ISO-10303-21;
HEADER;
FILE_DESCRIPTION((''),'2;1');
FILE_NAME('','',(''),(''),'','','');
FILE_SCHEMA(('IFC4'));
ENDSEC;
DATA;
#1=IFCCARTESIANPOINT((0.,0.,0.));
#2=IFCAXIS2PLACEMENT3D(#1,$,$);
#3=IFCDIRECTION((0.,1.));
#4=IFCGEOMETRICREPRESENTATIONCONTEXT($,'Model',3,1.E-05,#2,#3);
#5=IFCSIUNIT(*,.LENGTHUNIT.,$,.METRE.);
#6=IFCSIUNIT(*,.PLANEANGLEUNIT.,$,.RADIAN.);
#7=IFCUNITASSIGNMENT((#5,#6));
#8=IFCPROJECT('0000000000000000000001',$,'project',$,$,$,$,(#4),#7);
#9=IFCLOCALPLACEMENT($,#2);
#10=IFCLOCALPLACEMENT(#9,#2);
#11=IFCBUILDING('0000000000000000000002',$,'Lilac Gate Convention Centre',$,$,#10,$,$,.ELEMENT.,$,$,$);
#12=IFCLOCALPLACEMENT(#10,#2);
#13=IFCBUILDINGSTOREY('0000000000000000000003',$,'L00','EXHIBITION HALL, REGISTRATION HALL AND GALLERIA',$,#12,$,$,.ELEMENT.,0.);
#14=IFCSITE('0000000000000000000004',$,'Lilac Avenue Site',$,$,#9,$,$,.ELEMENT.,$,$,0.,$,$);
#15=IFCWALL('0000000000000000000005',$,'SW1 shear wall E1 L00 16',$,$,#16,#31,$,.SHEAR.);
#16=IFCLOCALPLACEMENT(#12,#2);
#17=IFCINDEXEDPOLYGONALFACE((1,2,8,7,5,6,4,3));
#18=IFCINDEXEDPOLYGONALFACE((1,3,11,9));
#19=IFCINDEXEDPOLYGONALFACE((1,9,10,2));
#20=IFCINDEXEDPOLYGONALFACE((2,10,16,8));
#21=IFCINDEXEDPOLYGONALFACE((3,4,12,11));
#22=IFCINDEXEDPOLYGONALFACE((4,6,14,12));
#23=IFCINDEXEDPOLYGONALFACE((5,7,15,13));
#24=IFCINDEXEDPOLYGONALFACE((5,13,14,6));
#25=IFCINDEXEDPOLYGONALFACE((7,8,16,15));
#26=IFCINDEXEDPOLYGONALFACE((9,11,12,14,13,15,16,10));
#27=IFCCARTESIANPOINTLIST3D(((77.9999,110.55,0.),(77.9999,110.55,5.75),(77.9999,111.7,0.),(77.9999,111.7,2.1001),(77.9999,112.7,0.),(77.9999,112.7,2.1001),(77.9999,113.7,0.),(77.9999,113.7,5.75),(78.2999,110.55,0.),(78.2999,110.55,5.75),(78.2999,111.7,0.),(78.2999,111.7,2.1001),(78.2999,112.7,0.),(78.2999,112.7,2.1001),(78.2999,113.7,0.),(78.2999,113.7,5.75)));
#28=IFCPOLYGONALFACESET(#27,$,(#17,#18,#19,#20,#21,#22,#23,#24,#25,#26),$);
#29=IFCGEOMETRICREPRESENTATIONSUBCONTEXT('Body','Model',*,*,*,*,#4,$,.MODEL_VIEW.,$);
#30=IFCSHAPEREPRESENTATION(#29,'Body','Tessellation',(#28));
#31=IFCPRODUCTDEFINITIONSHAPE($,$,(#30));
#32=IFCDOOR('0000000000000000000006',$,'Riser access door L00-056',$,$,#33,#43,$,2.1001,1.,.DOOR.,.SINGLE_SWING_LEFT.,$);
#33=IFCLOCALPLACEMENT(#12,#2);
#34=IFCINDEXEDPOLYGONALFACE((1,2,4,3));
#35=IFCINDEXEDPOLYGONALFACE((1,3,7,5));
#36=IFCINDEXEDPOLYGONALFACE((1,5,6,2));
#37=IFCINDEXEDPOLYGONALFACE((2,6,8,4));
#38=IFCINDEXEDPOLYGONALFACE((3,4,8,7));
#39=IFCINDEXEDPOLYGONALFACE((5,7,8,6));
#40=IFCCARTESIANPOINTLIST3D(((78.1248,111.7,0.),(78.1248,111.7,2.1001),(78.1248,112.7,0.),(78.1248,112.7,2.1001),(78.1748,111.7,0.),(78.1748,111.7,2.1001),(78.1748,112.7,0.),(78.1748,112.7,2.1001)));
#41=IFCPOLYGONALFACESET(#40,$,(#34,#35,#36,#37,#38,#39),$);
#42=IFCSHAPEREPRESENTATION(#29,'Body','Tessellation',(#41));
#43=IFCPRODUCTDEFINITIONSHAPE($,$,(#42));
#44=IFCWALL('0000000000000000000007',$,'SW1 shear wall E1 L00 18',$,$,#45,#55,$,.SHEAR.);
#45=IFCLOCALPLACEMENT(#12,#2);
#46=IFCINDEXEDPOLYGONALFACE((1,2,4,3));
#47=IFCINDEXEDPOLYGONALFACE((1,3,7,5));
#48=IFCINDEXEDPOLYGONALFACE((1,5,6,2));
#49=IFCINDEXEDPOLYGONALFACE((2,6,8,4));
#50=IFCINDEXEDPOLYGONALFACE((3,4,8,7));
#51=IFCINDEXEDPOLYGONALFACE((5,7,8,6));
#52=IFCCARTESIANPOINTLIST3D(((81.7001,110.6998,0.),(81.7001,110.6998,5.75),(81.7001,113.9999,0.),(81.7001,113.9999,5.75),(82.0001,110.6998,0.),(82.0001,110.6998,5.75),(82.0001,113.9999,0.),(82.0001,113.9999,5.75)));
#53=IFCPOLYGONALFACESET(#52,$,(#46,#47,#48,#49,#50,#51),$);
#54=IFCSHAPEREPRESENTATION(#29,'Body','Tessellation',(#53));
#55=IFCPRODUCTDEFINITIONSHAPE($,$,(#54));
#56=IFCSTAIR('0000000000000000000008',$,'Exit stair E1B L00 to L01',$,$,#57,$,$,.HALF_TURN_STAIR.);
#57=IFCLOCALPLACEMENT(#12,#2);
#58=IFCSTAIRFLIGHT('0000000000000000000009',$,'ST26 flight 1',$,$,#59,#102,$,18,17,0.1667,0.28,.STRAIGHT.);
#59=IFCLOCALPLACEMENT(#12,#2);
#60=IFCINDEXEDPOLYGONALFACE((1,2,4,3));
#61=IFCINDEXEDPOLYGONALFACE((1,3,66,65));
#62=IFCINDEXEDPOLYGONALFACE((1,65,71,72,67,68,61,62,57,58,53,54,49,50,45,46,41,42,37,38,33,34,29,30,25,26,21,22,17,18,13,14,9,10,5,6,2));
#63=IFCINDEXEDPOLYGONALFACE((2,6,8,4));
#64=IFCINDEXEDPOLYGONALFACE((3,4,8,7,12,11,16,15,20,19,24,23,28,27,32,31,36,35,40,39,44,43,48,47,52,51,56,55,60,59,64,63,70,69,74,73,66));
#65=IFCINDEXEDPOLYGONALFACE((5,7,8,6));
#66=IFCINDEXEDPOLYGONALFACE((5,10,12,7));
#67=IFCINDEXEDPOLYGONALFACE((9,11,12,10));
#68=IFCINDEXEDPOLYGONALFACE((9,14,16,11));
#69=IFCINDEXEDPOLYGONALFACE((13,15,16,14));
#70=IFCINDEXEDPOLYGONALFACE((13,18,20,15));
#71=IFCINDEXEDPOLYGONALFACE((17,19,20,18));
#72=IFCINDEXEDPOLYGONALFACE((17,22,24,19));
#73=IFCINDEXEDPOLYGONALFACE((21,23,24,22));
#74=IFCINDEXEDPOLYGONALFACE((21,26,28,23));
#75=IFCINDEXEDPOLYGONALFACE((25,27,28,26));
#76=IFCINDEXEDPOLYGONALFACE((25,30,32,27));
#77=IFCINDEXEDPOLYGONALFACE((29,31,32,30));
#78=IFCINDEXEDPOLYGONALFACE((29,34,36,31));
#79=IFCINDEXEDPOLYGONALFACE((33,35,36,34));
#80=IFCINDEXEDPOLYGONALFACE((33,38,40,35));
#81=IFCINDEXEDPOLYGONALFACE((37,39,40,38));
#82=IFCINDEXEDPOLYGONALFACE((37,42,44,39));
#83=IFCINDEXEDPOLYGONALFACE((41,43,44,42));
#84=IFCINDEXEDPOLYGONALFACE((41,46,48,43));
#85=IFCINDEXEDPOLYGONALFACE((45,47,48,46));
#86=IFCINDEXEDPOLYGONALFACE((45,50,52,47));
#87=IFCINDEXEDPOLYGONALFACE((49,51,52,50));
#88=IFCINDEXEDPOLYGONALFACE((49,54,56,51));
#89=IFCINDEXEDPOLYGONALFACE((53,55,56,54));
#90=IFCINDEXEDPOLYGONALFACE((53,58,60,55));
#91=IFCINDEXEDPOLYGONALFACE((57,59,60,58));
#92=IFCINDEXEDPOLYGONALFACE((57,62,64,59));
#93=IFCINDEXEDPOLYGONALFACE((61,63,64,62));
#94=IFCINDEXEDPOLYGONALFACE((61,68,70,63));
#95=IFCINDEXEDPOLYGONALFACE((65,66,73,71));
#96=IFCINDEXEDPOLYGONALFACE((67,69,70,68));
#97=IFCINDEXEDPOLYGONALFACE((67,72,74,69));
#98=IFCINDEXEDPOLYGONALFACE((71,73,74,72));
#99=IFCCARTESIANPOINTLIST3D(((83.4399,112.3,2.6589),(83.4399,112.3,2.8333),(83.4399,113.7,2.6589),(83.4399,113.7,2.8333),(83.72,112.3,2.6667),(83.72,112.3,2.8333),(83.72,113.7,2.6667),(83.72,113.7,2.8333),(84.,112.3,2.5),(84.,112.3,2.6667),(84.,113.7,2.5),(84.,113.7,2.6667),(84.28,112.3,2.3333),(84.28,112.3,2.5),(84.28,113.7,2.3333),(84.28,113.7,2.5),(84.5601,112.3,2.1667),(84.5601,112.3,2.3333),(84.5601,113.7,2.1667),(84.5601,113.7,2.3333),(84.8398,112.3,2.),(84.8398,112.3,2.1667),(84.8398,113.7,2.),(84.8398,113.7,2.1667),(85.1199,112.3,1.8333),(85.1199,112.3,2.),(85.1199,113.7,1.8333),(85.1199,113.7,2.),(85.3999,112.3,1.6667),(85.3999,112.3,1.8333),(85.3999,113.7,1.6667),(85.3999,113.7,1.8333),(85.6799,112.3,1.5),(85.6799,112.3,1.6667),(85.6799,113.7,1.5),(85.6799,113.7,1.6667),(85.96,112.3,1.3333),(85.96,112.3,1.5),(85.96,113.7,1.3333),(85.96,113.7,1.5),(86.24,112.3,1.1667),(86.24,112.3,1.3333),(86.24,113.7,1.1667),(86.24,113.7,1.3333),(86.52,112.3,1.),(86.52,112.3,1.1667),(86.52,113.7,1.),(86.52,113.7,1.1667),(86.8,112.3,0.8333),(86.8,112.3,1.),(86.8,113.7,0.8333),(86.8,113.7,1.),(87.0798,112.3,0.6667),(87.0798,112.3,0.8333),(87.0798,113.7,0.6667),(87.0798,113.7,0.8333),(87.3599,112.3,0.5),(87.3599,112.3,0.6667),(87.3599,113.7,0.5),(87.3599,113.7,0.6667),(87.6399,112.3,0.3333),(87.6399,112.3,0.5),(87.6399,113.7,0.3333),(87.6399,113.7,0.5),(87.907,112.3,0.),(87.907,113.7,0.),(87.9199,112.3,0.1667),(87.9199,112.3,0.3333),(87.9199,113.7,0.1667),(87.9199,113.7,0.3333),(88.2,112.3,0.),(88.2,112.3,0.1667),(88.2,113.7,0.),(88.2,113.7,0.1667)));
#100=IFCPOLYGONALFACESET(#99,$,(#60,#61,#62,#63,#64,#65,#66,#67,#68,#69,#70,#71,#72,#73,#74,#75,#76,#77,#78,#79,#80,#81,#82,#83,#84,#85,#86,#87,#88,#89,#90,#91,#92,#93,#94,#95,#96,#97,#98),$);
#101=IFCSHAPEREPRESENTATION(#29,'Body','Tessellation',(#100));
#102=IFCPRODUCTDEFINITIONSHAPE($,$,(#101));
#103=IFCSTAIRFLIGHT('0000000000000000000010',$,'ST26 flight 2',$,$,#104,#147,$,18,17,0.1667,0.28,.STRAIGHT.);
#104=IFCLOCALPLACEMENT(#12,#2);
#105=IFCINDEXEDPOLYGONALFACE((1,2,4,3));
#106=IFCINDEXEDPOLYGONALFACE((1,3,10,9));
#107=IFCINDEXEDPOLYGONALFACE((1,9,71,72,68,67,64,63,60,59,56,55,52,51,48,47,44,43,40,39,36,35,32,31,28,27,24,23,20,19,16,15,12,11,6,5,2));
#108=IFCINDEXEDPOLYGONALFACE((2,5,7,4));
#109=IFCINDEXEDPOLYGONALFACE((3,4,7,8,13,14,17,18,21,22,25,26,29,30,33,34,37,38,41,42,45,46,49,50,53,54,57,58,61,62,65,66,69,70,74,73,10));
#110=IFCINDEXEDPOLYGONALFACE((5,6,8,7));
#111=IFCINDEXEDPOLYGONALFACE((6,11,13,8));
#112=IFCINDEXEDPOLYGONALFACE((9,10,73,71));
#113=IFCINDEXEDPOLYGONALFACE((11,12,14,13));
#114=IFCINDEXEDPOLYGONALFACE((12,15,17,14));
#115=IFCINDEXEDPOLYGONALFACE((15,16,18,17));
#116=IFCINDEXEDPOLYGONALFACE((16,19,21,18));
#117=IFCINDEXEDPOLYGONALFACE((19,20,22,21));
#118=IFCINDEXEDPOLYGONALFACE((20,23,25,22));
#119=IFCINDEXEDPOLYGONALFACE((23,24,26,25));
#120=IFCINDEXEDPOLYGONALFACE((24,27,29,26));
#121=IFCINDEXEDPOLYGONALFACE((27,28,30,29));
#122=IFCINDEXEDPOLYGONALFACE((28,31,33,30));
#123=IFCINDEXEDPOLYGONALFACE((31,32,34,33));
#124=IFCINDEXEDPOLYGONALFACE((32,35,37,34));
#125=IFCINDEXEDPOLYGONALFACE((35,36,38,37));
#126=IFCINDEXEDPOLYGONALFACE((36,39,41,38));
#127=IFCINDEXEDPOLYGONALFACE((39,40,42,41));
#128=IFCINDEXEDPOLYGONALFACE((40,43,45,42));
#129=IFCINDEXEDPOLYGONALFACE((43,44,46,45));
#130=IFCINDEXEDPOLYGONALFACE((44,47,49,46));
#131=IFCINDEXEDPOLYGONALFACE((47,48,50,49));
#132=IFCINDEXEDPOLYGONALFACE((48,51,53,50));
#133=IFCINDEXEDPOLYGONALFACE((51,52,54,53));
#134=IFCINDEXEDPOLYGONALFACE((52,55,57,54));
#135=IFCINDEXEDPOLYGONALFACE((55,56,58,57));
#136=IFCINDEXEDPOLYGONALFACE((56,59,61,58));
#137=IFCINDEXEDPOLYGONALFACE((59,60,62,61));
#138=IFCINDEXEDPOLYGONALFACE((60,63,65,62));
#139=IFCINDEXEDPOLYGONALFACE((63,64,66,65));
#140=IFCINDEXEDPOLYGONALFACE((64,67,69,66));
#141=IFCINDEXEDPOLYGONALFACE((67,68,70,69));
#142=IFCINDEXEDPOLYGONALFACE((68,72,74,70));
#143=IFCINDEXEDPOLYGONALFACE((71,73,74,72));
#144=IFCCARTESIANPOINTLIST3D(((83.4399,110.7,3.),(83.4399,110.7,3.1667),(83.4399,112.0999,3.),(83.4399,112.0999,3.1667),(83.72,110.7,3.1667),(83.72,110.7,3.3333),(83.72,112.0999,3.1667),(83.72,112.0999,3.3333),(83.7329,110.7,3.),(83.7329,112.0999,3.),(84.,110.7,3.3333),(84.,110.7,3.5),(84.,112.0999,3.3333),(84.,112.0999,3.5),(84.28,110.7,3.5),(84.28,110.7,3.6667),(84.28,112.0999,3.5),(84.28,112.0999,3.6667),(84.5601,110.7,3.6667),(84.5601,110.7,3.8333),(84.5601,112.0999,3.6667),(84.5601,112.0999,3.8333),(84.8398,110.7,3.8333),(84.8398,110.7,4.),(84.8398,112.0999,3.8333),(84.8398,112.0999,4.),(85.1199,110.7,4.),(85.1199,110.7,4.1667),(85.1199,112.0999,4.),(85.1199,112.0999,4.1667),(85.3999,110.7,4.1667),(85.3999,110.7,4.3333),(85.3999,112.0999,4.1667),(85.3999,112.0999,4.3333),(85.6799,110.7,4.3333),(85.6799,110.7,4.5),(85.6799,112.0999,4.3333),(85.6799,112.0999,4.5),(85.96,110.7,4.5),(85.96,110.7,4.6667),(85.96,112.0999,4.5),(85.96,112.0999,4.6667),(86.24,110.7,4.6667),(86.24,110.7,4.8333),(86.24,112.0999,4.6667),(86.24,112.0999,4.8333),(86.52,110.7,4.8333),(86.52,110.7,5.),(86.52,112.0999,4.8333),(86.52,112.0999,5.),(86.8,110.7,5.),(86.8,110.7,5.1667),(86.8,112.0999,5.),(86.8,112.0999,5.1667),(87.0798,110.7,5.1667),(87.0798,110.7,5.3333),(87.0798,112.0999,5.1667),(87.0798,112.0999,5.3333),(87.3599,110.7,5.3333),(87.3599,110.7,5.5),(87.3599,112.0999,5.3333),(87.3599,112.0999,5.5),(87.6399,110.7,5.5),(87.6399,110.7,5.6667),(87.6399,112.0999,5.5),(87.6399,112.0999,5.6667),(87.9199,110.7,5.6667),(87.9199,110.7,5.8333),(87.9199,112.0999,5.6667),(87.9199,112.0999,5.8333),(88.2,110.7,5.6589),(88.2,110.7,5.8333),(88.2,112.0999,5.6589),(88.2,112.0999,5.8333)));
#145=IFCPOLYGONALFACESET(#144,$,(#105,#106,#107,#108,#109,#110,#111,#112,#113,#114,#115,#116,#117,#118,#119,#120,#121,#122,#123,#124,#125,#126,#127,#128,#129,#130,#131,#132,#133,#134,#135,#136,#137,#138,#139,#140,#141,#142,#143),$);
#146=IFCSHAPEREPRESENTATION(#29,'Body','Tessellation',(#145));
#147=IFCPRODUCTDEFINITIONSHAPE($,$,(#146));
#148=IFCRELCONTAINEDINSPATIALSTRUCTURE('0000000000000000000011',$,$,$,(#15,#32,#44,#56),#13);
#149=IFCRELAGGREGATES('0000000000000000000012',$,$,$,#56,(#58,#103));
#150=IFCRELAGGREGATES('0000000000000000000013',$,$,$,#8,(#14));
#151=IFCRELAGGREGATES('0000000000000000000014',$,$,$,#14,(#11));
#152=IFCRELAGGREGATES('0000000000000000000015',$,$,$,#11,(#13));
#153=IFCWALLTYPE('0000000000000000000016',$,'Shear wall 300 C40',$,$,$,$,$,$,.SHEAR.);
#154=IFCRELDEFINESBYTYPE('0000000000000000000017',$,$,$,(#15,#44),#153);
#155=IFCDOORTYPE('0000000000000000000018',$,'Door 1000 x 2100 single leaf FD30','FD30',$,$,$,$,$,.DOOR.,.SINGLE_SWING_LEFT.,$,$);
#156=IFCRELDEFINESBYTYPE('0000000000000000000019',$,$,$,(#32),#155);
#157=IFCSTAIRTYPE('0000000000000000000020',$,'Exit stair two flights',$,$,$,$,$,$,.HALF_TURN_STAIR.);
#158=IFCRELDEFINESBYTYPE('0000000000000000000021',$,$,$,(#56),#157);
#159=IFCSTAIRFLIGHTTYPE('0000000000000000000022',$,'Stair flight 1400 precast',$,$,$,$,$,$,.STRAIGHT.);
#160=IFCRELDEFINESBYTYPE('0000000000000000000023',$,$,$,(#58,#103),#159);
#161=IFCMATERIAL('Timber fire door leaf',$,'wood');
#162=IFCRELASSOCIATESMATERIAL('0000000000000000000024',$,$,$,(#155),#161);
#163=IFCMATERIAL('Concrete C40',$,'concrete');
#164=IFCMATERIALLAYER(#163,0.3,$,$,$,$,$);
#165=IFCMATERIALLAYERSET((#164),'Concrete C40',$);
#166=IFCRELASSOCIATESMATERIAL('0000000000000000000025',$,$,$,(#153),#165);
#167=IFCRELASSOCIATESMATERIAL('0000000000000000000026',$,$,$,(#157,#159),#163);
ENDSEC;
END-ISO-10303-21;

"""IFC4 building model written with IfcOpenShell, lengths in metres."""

from ifc_helpers import new_model, si_unit, direction, frame, frame_2d, origin, place, context, subcontext, project, spatial, polyline, rectangle, outline, extrude, material, layer, layer_set, type_object, element, fill, aggregate, save


model = new_model("IFC4")

# Units and contexts
model_context = context("Model", 3, precision=1e-05, world=origin(), true_north=direction((0.0, 1.0)))
body_context = subcontext(model_context, "Body", "Model", "MODEL_VIEW")
ifc_project = project(units=[si_unit("LENGTHUNIT", "METRE"), si_unit("PLANEANGLEUNIT", "RADIAN")], contexts=[model_context])

# Site, building, storey
site_placement = place(None, origin())
site = spatial("IfcSite", under=ifc_project, at=site_placement, Name="Lilac Avenue Site", CompositionType="ELEMENT", RefElevation=0.0)
building_placement = place(site_placement, origin())
building = spatial("IfcBuilding", under=site, at=building_placement, Name="Lilac Gate Convention Centre", CompositionType="ELEMENT")
storey_placement = place(building_placement, origin())
storey = spatial("IfcBuildingStorey", under=building, at=storey_placement, Name="L00", Description="EXHIBITION HALL, REGISTRATION HALL AND GALLERIA", CompositionType="ELEMENT", Elevation=0.0)

# Shared definitions
ifc_material_1 = material(Name="Concrete C40", Category="concrete")

# Shared definitions
ifc_material_2 = material(Name="Timber fire door leaf", Category="wood")
door_type_1 = type_object("IfcDoorType", Name="Door 1000 x 2100 single leaf FD30", Description="FD30", OperationType="SINGLE_SWING_LEFT", PredefinedType="DOOR", material=ifc_material_2)

# Shared definitions
ifc_layer_1 = layer(ifc_material_1, 0.3)
ifc_layer_set_1 = layer_set([ifc_layer_1], Name="Concrete C40")
wall_type_1 = type_object("IfcWallType", Name="Shear wall 300 C40", PredefinedType="SHEAR", material=ifc_layer_set_1)

# Wall, opening, door
wall_1_placement = place(storey_placement, frame((78.1499, 110.55, 0.0), z_axis=(0.0, 0.0, 1.0), x_axis=(0.0, 1.0, 0.0)))
wall_1 = element("IfcWall", 1, at=wall_1_placement, inside=storey, type_object=wall_type_1, Name="SW1 shear wall E1 L00 16", PredefinedType="SHEAR", context=body_context, shape_type="SweptSolid", body=[
    extrude(rectangle(XDim=3.1499, YDim=0.3, at=frame_2d((1.575, 0.0))), origin(), (0.0, 0.0, 1.0), 5.75),
])
opening_1_placement = place(wall_1_placement, frame((1.1499, 0.0, 0.0)))
opening_1 = element("IfcOpeningElement", 2, at=opening_1_placement, cuts=wall_1, PredefinedType="OPENING", context=body_context, shape_type="SweptSolid", body=[
    extrude(rectangle(XDim=1.0, YDim=2.1001, at=frame_2d((0.5, 1.05))), frame((0.0, 0.1599, 0.0), z_axis=(0.0, -1.0, 0.0), x_axis=(1.0, 0.0, 0.0)), (0.0, 0.0, 1.0), 0.3201),
])
door_1_placement = place(opening_1_placement, frame((1.0, 0.0, 0.0), z_axis=(0.0, 0.0, 1.0), x_axis=(-1.0, 0.0, 0.0)))
door_1 = element("IfcDoor", 3, at=door_1_placement, inside=storey, type_object=door_type_1, Name="Riser access door L00-056", OperationType="SINGLE_SWING_LEFT", OverallHeight=2.1001, OverallWidth=1.0, PredefinedType="DOOR", context=body_context, shape_type="SweptSolid", body=[
    extrude(rectangle(XDim=1.0, YDim=2.1001, at=frame_2d((0.5, 1.05))), frame((0.0, 0.0249, 0.0), z_axis=(0.0, -1.0, 0.0), x_axis=(1.0, 0.0, 0.0)), (0.0, 0.0, 1.0), 0.05),
])
fill(opening_1, door_1)

# Wall
wall_2_placement = place(storey_placement, frame((81.8501, 110.7, 0.0), z_axis=(0.0, 0.0, 1.0), x_axis=(0.0, 1.0, 0.0)))
element("IfcWall", 4, at=wall_2_placement, inside=storey, type_object=wall_type_1, Name="SW1 shear wall E1 L00 18", PredefinedType="SHEAR", context=body_context, shape_type="SweptSolid", body=[
    extrude(rectangle(XDim=3.3, YDim=0.3, at=frame_2d((1.6499, 0.0))), origin(), (0.0, 0.0, 1.0), 5.75),
])

# Stair, stair flights
stair_type = type_object("IfcStairType", Name="Exit stair two flights", PredefinedType="HALF_TURN_STAIR", material=ifc_material_1)
stair_placement = place(storey_placement, origin())
stair = element("IfcStair", 5, at=stair_placement, inside=storey, type_object=stair_type, Name="Exit stair E1B L00 to L01", PredefinedType="HALF_TURN_STAIR")
stair_flight_type = type_object("IfcStairFlightType", Name="Stair flight 1400 precast", PredefinedType="STRAIGHT", material=ifc_material_1)
stair_flight_1_placement = place(storey_placement, frame((88.2, 113.0, 0.0), z_axis=(0.0, 0.0, 1.0), x_axis=(-1.0, 0.0, 0.0)))
stair_flight_1 = element("IfcStairFlight", 6, at=stair_flight_1_placement, type_object=stair_flight_type, Name="ST26 flight 1", NumberOfRisers=18, NumberOfTreads=17, PredefinedType="STRAIGHT", RiserHeight=0.1667, TreadLength=0.28, context=body_context, shape_type="SweptSolid", body=[
    extrude(outline(polyline([(0.0, 0.0), (0.0, 0.1667), (0.28, 0.1667), (0.28, 0.3333), (0.5601, 0.3333), (0.5601, 0.5), (0.8401, 0.5), (0.8401, 0.6667), (1.1201, 0.6667), (1.1201, 0.8333), (1.3999, 0.8333), (1.3999, 1.0), (1.6799, 1.0), (1.6799, 1.1667), (1.96, 1.1667), (1.96, 1.3333), (2.24, 1.3333), (2.24, 1.5), (2.52, 1.5), (2.52, 1.6667), (2.8, 1.6667), (2.8, 1.8333), (3.0801, 1.8333), (3.0801, 2.0), (3.3601, 2.0), (3.3601, 2.1667), (3.6399, 2.1667), (3.6399, 2.3333), (3.9199, 2.3333), (3.9199, 2.5), (4.2, 2.5), (4.2, 2.6667), (4.48, 2.6667), (4.48, 2.8333), (4.76, 2.8333), (4.76, 3.0), (4.76, 2.6589), (0.293, 0.0), (0.0, 0.0)])), frame((0.0, 0.7, 0.0), z_axis=(0.0, -1.0, 0.0), x_axis=(1.0, 0.0, 0.0)), (0.0, 0.0, 1.0), 1.3999),
])
stair_flight_2_placement = place(storey_placement, frame((83.4399, 111.3999, 3.0), z_axis=(0.0, 0.0, 1.0), x_axis=(1.0, 0.0, 0.0)))
stair_flight_2 = element("IfcStairFlight", 7, at=stair_flight_2_placement, type_object=stair_flight_type, Name="ST26 flight 2", NumberOfRisers=18, NumberOfTreads=17, PredefinedType="STRAIGHT", RiserHeight=0.1667, TreadLength=0.28, context=body_context, shape_type="SweptSolid", body=[
    extrude(outline(polyline([(0.0, 0.0), (0.0, 0.1667), (0.28, 0.1667), (0.28, 0.3333), (0.5601, 0.3333), (0.5601, 0.5), (0.8401, 0.5), (0.8401, 0.6667), (1.1201, 0.6667), (1.1201, 0.8333), (1.3999, 0.8333), (1.3999, 1.0), (1.6799, 1.0), (1.6799, 1.1667), (1.96, 1.1667), (1.96, 1.3333), (2.24, 1.3333), (2.24, 1.5), (2.52, 1.5), (2.52, 1.6667), (2.8, 1.6667), (2.8, 1.8333), (3.0801, 1.8333), (3.0801, 2.0), (3.3601, 2.0), (3.3601, 2.1667), (3.6399, 2.1667), (3.6399, 2.3333), (3.9199, 2.3333), (3.9199, 2.5), (4.2, 2.5), (4.2, 2.6667), (4.48, 2.6667), (4.48, 2.8333), (4.76, 2.8333), (4.76, 3.0), (4.76, 2.6589), (0.293, 0.0), (0.0, 0.0)])), frame((0.0, 0.7, 0.0), z_axis=(0.0, -1.0, 0.0), x_axis=(1.0, 0.0, 0.0)), (0.0, 0.0, 1.0), 1.3999),
])
aggregate(stair, [stair_flight_1, stair_flight_2])

save(model, "model.ifc")
